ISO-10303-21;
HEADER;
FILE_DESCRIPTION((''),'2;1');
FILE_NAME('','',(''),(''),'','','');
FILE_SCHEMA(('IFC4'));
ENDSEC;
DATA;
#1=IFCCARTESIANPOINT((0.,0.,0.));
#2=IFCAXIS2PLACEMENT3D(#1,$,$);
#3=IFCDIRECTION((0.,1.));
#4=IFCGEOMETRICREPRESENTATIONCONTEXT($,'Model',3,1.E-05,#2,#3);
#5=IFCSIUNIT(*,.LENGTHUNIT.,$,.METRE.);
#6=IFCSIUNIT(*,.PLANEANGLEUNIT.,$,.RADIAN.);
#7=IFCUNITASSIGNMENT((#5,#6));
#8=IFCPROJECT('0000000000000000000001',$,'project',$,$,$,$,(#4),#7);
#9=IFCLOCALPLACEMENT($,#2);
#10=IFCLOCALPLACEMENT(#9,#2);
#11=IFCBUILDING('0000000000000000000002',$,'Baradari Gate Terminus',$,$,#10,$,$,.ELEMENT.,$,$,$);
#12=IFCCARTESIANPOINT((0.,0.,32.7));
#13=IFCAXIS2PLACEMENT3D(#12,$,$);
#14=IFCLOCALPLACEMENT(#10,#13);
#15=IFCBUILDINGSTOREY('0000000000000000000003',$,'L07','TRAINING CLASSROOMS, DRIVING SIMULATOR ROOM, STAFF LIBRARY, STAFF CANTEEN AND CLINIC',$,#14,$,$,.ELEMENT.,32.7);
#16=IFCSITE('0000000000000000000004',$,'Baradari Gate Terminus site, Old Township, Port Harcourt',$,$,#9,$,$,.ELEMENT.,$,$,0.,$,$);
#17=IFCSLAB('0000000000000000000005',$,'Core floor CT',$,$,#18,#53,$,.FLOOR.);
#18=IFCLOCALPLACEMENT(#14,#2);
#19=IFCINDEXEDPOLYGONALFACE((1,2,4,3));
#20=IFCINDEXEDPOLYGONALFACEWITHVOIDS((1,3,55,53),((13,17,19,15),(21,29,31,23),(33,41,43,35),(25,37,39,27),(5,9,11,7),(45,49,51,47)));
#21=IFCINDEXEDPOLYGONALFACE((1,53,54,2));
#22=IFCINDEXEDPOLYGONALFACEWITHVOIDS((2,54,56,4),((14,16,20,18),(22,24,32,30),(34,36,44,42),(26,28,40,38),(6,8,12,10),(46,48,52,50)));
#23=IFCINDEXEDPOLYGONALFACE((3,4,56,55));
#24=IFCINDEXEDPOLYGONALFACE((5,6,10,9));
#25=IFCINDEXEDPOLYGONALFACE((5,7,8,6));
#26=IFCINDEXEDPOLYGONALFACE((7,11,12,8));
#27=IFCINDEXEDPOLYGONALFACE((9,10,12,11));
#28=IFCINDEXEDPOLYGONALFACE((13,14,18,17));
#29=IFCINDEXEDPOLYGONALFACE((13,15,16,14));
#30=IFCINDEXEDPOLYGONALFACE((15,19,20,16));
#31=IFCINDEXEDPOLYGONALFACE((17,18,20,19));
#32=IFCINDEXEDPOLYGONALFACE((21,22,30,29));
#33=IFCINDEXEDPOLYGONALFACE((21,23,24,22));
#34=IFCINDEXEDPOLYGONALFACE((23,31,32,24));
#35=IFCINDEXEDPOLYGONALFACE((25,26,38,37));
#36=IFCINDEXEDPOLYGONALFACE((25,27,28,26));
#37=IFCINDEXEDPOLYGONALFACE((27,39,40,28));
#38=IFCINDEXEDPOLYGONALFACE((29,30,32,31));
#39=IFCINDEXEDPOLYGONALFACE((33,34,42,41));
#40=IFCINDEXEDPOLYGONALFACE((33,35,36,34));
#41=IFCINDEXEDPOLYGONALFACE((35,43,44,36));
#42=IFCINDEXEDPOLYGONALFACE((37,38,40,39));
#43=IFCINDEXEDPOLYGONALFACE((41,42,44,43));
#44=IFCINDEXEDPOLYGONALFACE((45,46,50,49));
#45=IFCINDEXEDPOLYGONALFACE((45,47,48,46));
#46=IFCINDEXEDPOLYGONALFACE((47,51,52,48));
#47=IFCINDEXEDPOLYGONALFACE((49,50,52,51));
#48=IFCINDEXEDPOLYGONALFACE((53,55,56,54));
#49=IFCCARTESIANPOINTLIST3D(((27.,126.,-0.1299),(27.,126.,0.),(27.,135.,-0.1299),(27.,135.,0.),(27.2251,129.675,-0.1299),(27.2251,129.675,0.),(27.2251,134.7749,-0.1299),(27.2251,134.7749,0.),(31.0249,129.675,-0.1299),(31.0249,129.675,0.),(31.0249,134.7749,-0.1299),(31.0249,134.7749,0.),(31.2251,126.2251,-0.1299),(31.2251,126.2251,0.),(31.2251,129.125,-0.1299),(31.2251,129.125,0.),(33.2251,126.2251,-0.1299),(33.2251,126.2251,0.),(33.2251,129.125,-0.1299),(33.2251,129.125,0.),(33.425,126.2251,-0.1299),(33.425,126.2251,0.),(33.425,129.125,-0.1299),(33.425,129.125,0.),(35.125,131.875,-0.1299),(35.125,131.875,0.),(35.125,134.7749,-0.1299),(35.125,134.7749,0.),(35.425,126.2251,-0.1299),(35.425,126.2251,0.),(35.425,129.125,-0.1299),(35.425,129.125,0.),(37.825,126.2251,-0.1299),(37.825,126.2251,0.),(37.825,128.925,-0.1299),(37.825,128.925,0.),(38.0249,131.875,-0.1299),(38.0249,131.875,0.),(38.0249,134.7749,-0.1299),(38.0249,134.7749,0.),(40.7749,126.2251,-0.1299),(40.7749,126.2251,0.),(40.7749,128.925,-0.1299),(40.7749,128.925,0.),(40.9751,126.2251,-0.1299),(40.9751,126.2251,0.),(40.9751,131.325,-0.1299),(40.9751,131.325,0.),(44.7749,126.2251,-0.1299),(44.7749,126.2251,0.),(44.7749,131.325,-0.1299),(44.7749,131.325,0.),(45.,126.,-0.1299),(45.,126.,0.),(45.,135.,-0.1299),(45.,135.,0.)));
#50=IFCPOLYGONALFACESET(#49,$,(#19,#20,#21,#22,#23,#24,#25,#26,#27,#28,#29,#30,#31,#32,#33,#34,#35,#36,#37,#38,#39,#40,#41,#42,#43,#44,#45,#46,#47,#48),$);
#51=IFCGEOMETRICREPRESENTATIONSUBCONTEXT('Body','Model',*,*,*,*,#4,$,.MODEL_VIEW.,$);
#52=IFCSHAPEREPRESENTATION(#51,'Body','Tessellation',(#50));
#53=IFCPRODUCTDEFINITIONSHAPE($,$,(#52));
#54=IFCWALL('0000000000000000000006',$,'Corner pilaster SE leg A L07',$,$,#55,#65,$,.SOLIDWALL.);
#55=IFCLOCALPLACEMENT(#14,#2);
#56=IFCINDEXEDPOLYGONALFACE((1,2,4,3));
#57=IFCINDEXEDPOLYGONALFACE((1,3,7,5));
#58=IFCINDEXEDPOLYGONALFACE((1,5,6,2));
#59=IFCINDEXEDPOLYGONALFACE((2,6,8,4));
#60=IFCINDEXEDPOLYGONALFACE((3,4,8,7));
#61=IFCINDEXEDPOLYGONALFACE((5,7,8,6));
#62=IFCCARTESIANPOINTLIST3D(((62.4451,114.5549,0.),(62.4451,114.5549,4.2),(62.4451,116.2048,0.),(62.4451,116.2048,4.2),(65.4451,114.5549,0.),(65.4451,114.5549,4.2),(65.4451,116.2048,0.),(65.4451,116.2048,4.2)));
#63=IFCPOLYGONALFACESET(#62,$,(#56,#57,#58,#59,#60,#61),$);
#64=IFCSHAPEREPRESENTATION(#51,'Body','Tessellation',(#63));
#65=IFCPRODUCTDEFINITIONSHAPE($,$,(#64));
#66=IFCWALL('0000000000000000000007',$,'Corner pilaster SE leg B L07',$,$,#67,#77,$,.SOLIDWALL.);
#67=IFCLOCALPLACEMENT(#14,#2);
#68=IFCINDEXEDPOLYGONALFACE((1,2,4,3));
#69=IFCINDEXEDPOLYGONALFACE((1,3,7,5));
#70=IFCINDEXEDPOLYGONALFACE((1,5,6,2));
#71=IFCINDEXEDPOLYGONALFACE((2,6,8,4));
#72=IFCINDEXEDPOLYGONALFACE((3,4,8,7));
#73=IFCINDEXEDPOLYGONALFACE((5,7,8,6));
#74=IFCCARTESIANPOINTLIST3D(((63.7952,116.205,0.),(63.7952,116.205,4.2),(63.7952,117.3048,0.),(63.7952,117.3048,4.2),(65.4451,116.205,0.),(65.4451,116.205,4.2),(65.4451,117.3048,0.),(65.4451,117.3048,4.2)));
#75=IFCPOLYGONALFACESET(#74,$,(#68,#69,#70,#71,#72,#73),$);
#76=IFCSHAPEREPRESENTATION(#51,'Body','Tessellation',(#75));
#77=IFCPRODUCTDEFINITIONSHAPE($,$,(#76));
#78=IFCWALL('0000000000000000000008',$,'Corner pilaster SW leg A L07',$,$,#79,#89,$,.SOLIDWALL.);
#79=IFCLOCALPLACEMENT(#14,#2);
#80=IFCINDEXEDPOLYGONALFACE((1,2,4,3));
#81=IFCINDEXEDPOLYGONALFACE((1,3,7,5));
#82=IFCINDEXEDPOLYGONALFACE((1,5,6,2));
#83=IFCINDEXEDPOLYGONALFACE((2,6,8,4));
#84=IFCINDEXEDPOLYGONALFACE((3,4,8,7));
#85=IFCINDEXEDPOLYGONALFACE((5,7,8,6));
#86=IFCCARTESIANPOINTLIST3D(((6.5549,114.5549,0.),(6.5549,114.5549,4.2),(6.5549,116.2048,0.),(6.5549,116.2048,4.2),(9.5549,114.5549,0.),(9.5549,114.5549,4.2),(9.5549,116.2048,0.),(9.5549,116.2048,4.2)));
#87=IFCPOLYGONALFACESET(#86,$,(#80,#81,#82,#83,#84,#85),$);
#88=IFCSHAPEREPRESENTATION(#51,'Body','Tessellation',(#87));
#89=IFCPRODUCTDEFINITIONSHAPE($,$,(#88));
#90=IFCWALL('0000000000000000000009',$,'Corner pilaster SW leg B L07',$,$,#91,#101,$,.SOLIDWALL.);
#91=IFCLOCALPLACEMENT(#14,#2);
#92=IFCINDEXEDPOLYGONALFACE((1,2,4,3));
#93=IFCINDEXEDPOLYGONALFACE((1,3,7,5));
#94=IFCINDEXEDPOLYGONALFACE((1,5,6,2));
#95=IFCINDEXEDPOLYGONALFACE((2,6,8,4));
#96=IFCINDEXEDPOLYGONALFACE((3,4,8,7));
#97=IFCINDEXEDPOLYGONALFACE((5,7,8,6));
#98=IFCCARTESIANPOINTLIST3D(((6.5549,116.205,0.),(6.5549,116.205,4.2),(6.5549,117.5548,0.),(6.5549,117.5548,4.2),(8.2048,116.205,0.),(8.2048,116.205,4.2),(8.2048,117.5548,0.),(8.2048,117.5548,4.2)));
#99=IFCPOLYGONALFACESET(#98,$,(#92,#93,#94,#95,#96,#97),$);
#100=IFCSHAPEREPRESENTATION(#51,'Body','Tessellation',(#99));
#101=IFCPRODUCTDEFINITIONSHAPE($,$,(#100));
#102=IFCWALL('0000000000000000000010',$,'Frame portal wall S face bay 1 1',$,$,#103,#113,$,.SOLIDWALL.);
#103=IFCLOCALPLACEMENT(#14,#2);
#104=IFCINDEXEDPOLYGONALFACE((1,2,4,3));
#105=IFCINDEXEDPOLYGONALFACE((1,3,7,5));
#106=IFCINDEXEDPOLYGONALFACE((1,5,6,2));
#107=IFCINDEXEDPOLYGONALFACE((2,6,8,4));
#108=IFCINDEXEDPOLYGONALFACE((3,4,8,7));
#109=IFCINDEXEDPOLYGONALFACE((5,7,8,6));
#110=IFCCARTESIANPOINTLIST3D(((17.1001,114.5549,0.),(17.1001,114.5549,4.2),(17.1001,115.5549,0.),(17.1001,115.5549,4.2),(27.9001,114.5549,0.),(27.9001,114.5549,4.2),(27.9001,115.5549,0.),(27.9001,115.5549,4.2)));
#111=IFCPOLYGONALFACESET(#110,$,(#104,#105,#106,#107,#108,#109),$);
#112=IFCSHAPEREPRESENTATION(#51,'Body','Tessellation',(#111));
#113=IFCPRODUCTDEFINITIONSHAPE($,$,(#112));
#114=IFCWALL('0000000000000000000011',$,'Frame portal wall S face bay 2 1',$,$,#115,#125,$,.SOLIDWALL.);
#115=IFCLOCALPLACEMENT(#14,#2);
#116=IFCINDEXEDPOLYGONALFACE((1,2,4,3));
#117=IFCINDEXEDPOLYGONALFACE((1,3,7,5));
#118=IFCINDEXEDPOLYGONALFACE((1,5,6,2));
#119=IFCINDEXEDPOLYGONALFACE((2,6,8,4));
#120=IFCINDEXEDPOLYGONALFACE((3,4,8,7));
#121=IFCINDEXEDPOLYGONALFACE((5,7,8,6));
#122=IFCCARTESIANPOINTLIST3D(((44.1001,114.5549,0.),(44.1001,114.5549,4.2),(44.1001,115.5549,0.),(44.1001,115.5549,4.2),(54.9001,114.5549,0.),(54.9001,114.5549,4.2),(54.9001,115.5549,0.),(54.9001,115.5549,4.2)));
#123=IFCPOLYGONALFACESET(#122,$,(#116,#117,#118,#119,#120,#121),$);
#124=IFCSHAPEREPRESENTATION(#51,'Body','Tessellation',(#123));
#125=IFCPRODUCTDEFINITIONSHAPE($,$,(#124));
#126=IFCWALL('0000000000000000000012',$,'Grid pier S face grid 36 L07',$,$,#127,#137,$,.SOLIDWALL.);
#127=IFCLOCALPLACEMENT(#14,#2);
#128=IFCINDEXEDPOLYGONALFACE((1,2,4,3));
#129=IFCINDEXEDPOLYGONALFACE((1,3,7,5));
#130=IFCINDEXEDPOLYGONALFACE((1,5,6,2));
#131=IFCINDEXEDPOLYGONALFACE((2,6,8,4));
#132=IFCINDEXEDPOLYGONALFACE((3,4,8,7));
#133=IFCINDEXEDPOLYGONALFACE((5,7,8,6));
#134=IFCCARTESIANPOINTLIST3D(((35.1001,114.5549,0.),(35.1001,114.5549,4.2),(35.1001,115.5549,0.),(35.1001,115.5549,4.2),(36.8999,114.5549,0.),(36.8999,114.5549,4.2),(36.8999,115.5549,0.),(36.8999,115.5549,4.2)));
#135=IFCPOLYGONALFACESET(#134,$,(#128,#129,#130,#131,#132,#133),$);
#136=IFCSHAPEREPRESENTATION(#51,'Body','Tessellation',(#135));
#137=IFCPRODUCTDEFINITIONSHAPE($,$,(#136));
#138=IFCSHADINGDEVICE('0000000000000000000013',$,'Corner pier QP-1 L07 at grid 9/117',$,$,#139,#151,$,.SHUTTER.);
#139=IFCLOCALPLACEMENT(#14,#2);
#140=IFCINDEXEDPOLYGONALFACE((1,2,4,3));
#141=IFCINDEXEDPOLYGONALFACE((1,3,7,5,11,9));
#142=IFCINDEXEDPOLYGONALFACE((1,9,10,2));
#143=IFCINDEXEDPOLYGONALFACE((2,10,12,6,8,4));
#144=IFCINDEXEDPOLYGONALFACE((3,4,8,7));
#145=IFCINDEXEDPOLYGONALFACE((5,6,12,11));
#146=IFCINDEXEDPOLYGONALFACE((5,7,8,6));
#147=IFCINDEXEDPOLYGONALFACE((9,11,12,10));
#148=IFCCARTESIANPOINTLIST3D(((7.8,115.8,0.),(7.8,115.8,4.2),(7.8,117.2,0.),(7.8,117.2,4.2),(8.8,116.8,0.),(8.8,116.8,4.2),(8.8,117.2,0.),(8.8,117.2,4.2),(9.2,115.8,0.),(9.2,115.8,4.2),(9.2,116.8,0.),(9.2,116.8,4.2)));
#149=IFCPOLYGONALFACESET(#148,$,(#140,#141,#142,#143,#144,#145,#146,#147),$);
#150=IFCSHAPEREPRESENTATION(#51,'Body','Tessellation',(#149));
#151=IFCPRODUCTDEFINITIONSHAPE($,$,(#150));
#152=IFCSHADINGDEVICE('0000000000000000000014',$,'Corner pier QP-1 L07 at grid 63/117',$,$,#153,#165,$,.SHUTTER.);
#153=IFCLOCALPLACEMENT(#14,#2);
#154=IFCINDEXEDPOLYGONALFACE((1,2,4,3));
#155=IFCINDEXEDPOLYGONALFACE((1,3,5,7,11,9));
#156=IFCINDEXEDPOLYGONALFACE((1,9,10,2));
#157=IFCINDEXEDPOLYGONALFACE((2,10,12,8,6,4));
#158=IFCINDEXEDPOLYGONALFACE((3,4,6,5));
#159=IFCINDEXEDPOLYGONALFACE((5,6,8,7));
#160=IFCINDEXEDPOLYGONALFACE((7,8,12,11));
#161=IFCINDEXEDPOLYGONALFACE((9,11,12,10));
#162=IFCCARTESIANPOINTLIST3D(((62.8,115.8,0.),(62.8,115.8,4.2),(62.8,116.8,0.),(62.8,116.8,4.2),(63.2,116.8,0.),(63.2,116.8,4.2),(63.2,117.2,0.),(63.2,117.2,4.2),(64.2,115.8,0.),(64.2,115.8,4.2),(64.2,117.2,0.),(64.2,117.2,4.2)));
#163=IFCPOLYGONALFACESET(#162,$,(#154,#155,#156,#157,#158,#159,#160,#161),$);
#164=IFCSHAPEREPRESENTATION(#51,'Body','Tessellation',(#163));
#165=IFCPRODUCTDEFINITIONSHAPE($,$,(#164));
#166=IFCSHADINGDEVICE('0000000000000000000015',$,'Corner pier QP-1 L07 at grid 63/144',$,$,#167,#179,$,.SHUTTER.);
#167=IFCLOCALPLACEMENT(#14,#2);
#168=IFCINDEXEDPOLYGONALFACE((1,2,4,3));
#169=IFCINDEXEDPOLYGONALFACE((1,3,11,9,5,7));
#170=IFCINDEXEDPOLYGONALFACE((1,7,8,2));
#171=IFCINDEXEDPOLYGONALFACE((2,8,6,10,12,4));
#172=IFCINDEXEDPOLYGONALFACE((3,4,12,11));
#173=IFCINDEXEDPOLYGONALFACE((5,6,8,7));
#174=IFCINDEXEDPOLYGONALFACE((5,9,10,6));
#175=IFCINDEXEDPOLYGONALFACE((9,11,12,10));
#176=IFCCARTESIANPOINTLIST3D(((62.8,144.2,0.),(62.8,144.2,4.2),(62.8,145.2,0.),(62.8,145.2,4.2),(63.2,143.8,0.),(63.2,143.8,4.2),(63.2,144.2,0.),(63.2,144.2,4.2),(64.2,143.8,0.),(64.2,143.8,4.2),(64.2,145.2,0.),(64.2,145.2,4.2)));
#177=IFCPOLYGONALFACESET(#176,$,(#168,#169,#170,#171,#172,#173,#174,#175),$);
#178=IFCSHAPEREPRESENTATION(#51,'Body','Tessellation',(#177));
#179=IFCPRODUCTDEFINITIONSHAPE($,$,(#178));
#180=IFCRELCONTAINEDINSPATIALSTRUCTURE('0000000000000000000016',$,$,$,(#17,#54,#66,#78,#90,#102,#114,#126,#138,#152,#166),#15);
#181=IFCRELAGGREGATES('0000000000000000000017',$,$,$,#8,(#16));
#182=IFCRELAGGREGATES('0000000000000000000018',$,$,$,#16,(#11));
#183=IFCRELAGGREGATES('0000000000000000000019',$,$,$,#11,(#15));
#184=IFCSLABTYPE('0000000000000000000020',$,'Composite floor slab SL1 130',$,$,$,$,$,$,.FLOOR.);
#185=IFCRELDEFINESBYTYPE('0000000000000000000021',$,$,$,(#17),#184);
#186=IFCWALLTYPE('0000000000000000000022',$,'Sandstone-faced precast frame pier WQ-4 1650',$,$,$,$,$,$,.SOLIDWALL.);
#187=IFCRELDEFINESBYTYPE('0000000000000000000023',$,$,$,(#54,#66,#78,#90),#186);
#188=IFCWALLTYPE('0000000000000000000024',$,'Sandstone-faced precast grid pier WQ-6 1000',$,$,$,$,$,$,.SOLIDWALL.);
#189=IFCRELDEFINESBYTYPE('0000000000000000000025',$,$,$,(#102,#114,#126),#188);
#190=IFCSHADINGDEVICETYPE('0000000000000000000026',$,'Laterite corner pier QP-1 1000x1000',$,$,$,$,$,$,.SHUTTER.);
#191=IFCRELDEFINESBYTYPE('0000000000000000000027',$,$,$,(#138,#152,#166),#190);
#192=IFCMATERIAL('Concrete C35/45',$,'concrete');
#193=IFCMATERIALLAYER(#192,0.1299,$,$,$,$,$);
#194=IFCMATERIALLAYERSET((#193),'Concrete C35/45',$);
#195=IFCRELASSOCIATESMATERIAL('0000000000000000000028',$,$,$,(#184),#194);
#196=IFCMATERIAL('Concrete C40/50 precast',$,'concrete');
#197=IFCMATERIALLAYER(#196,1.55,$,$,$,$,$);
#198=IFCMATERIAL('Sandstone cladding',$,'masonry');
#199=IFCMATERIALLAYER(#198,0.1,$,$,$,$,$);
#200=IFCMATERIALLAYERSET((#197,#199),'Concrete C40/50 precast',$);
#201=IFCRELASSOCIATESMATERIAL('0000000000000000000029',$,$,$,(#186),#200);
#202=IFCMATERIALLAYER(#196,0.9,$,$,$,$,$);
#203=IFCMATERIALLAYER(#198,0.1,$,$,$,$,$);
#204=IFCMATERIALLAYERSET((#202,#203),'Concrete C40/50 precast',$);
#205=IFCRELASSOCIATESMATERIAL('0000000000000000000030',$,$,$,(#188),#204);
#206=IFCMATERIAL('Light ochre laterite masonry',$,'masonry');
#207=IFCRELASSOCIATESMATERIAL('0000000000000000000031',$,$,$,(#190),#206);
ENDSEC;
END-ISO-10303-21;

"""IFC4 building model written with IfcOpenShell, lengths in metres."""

from ifc_helpers import new_model, si_unit, direction, frame, frame_2d, origin, place, context, subcontext, project, spatial, polyline, rectangle, outline, extrude, material, layer, layer_set, type_object, element, save


model = new_model("IFC4")

# Units and contexts
model_context = context("Model", 3, precision=1e-05, world=origin(), true_north=direction((0.0, 1.0)))
body_context = subcontext(model_context, "Body", "Model", "MODEL_VIEW")
ifc_project = project(units=[si_unit("LENGTHUNIT", "METRE"), si_unit("PLANEANGLEUNIT", "RADIAN")], contexts=[model_context])

# Site, building, storey
site_placement = place(None, origin())
site = spatial("IfcSite", under=ifc_project, at=site_placement, Name="Baradari Gate Terminus site, Old Township, Port Harcourt", CompositionType="ELEMENT", RefElevation=0.0)
building_placement = place(site_placement, origin())
building = spatial("IfcBuilding", under=site, at=building_placement, Name="Baradari Gate Terminus", CompositionType="ELEMENT")
storey_placement = place(building_placement, frame((0.0, 0.0, 32.7)))
storey = spatial("IfcBuildingStorey", under=building, at=storey_placement, Name="L07", Description="TRAINING CLASSROOMS, DRIVING SIMULATOR ROOM, STAFF LIBRARY, STAFF CANTEEN AND CLINIC", CompositionType="ELEMENT", Elevation=32.7)

# Slab
ifc_material_1 = material(Name="Concrete C35/45", Category="concrete")
ifc_layer_1 = layer(ifc_material_1, 0.1299)
ifc_layer_set_1 = layer_set([ifc_layer_1], Name="Concrete C35/45")
slab_type = type_object("IfcSlabType", Name="Composite floor slab SL1 130", PredefinedType="FLOOR", material=ifc_layer_set_1)
slab_1_placement = place(storey_placement, frame((0.0, 0.0, -0.1299)))
element("IfcSlab", 1, at=slab_1_placement, inside=storey, type_object=slab_type, Name="Core floor CT", PredefinedType="FLOOR", context=body_context, shape_type="SweptSolid", body=[
    extrude(outline(polyline([(27.0, 135.0), (27.0, 126.0), (45.0, 126.0), (45.0, 135.0), (27.0, 135.0)]), holes=[polyline([(40.9751, 131.325), (40.9751, 126.2251), (44.7749, 126.2251), (44.7749, 131.325), (40.9751, 131.325)]), polyline([(40.7749, 128.925), (37.825, 128.925), (37.825, 126.2251), (40.7749, 126.2251), (40.7749, 128.925)]), polyline([(38.0249, 131.875), (38.0249, 134.7749), (35.125, 134.7749), (35.125, 131.875), (38.0249, 131.875)]), polyline([(35.425, 129.125), (33.425, 129.125), (33.425, 126.2251), (35.425, 126.2251), (35.425, 129.125)]), polyline([(31.2251, 129.125), (31.2251, 126.2251), (33.2251, 126.2251), (33.2251, 129.125), (31.2251, 129.125)]), polyline([(27.2251, 129.675), (31.0249, 129.675), (31.0249, 134.7749), (27.2251, 134.7749), (27.2251, 129.675)])]), origin(), (0.0, 0.0, 1.0), 0.1299),
])

# Walls
ifc_material_2 = material(Name="Concrete C40/50 precast", Category="concrete")
ifc_layer_2 = layer(ifc_material_2, 1.55)
ifc_material_3 = material(Name="Sandstone cladding", Category="masonry")
ifc_layer_3 = layer(ifc_material_3, 0.1)
ifc_layer_set_2 = layer_set([ifc_layer_2, ifc_layer_3], Name="Concrete C40/50 precast")
wall_type_1 = type_object("IfcWallType", Name="Sandstone-faced precast frame pier WQ-4 1650", PredefinedType="SOLIDWALL", material=ifc_layer_set_2)
wall_1_placement = place(storey_placement, frame((62.4451, 115.3799, 0.0), z_axis=(0.0, 0.0, 1.0), x_axis=(1.0, 0.0, 0.0)))
element("IfcWall", 2, at=wall_1_placement, inside=storey, type_object=wall_type_1, Name="Corner pilaster SE leg A L07", PredefinedType="SOLIDWALL", context=body_context, shape_type="SweptSolid", body=[
    extrude(rectangle(XDim=3.0, YDim=1.6499, at=frame_2d((1.5, 0.0))), origin(), (0.0, 0.0, 1.0), 4.2),
])
wall_2_placement = place(storey_placement, frame((64.6201, 116.2051, 0.0), z_axis=(0.0, 0.0, 1.0), x_axis=(0.0, 1.0, 0.0)))
element("IfcWall", 3, at=wall_2_placement, inside=storey, type_object=wall_type_1, Name="Corner pilaster SE leg B L07", PredefinedType="SOLIDWALL", context=body_context, shape_type="SweptSolid", body=[
    extrude(rectangle(XDim=1.0999, YDim=1.6499, at=frame_2d((0.5498, 0.0))), origin(), (0.0, 0.0, 1.0), 4.2),
])
wall_3_placement = place(storey_placement, frame((6.5549, 115.3799, 0.0), z_axis=(0.0, 0.0, 1.0), x_axis=(1.0, 0.0, 0.0)))
element("IfcWall", 4, at=wall_3_placement, inside=storey, type_object=wall_type_1, Name="Corner pilaster SW leg A L07", PredefinedType="SOLIDWALL", context=body_context, shape_type="SweptSolid", body=[
    extrude(rectangle(XDim=3.0, YDim=1.6499, at=frame_2d((1.5, 0.0))), origin(), (0.0, 0.0, 1.0), 4.2),
])
wall_4_placement = place(storey_placement, frame((7.3799, 116.2051, 0.0), z_axis=(0.0, 0.0, 1.0), x_axis=(0.0, 1.0, 0.0)))
element("IfcWall", 5, at=wall_4_placement, inside=storey, type_object=wall_type_1, Name="Corner pilaster SW leg B L07", PredefinedType="SOLIDWALL", context=body_context, shape_type="SweptSolid", body=[
    extrude(rectangle(XDim=1.3499, YDim=1.6499, at=frame_2d((0.6748, 0.0))), origin(), (0.0, 0.0, 1.0), 4.2),
])
ifc_layer_4 = layer(ifc_material_2, 0.9)
ifc_layer_5 = layer(ifc_material_3, 0.1)
ifc_layer_set_3 = layer_set([ifc_layer_4, ifc_layer_5], Name="Concrete C40/50 precast")
wall_type_2 = type_object("IfcWallType", Name="Sandstone-faced precast grid pier WQ-6 1000", PredefinedType="SOLIDWALL", material=ifc_layer_set_3)
for number, where, z_axis, x_axis, name in (
    (6, (17.1001, 115.0549, 0.0), (0.0, 0.0, 1.0), (1.0, 0.0, 0.0), "Frame portal wall S face bay 1 1"),
    (7, (44.1001, 115.0549, 0.0), (0.0, 0.0, 1.0), (1.0, 0.0, 0.0), "Frame portal wall S face bay 2 1"),
):
    element("IfcWall", number, at=place(storey_placement, frame(where, z_axis=z_axis, x_axis=x_axis)), inside=storey, type_object=wall_type_2, Name=name, PredefinedType="SOLIDWALL", context=body_context, shape_type="SweptSolid", body=[
        extrude(outline(polyline([(10.8, 0.0), (10.8, 4.2), (0.0, 4.2), (0.0, 0.0), (10.8, 0.0)])), frame((0.0, 0.5, 0.0), z_axis=(0.0, -1.0, 0.0), x_axis=(1.0, 0.0, 0.0)), (0.0, 0.0, 1.0), 1.0),
    ])
wall_5_placement = place(storey_placement, frame((35.1001, 115.0549, 0.0), z_axis=(0.0, 0.0, 1.0), x_axis=(1.0, 0.0, 0.0)))
element("IfcWall", 8, at=wall_5_placement, inside=storey, type_object=wall_type_2, Name="Grid pier S face grid 36 L07", PredefinedType="SOLIDWALL", context=body_context, shape_type="SweptSolid", body=[
    extrude(rectangle(XDim=1.7998, YDim=1.0, at=frame_2d((0.8999, 0.0))), origin(), (0.0, 0.0, 1.0), 4.2),
])

# Shading devices
ifc_material_4 = material(Name="Light ochre laterite masonry", Category="masonry")
shading_device_type = type_object("IfcShadingDeviceType", Name="Laterite corner pier QP-1 1000x1000", PredefinedType="SHUTTER", material=ifc_material_4)
shading_device_1_placement = place(storey_placement, origin())
element("IfcShadingDevice", 9, at=shading_device_1_placement, inside=storey, type_object=shading_device_type, Name="Corner pier QP-1 L07 at grid 9/117", PredefinedType="SHUTTER", context=body_context, shape_type="SweptSolid", body=[
    extrude(outline(polyline([(9.2, 116.8), (9.2, 115.8), (7.8, 115.8), (7.8, 117.2), (8.8, 117.2), (8.8, 116.8), (9.2, 116.8)])), origin(), (0.0, 0.0, 1.0), 4.2),
])
shading_device_2_placement = place(storey_placement, origin())
element("IfcShadingDevice", 10, at=shading_device_2_placement, inside=storey, type_object=shading_device_type, Name="Corner pier QP-1 L07 at grid 63/117", PredefinedType="SHUTTER", context=body_context, shape_type="SweptSolid", body=[
    extrude(outline(polyline([(62.8, 115.8), (62.8, 116.8), (63.2, 116.8), (63.2, 117.2), (64.2, 117.2), (64.2, 115.8), (62.8, 115.8)])), origin(), (0.0, 0.0, 1.0), 4.2),
])
shading_device_3_placement = place(storey_placement, origin())
element("IfcShadingDevice", 11, at=shading_device_3_placement, inside=storey, type_object=shading_device_type, Name="Corner pier QP-1 L07 at grid 63/144", PredefinedType="SHUTTER", context=body_context, shape_type="SweptSolid", body=[
    extrude(outline(polyline([(64.2, 143.8), (63.2, 143.8), (63.2, 144.2), (62.8, 144.2), (62.8, 145.2), (64.2, 145.2), (64.2, 143.8)])), origin(), (0.0, 0.0, 1.0), 4.2),
])

save(model, "model.ifc")
